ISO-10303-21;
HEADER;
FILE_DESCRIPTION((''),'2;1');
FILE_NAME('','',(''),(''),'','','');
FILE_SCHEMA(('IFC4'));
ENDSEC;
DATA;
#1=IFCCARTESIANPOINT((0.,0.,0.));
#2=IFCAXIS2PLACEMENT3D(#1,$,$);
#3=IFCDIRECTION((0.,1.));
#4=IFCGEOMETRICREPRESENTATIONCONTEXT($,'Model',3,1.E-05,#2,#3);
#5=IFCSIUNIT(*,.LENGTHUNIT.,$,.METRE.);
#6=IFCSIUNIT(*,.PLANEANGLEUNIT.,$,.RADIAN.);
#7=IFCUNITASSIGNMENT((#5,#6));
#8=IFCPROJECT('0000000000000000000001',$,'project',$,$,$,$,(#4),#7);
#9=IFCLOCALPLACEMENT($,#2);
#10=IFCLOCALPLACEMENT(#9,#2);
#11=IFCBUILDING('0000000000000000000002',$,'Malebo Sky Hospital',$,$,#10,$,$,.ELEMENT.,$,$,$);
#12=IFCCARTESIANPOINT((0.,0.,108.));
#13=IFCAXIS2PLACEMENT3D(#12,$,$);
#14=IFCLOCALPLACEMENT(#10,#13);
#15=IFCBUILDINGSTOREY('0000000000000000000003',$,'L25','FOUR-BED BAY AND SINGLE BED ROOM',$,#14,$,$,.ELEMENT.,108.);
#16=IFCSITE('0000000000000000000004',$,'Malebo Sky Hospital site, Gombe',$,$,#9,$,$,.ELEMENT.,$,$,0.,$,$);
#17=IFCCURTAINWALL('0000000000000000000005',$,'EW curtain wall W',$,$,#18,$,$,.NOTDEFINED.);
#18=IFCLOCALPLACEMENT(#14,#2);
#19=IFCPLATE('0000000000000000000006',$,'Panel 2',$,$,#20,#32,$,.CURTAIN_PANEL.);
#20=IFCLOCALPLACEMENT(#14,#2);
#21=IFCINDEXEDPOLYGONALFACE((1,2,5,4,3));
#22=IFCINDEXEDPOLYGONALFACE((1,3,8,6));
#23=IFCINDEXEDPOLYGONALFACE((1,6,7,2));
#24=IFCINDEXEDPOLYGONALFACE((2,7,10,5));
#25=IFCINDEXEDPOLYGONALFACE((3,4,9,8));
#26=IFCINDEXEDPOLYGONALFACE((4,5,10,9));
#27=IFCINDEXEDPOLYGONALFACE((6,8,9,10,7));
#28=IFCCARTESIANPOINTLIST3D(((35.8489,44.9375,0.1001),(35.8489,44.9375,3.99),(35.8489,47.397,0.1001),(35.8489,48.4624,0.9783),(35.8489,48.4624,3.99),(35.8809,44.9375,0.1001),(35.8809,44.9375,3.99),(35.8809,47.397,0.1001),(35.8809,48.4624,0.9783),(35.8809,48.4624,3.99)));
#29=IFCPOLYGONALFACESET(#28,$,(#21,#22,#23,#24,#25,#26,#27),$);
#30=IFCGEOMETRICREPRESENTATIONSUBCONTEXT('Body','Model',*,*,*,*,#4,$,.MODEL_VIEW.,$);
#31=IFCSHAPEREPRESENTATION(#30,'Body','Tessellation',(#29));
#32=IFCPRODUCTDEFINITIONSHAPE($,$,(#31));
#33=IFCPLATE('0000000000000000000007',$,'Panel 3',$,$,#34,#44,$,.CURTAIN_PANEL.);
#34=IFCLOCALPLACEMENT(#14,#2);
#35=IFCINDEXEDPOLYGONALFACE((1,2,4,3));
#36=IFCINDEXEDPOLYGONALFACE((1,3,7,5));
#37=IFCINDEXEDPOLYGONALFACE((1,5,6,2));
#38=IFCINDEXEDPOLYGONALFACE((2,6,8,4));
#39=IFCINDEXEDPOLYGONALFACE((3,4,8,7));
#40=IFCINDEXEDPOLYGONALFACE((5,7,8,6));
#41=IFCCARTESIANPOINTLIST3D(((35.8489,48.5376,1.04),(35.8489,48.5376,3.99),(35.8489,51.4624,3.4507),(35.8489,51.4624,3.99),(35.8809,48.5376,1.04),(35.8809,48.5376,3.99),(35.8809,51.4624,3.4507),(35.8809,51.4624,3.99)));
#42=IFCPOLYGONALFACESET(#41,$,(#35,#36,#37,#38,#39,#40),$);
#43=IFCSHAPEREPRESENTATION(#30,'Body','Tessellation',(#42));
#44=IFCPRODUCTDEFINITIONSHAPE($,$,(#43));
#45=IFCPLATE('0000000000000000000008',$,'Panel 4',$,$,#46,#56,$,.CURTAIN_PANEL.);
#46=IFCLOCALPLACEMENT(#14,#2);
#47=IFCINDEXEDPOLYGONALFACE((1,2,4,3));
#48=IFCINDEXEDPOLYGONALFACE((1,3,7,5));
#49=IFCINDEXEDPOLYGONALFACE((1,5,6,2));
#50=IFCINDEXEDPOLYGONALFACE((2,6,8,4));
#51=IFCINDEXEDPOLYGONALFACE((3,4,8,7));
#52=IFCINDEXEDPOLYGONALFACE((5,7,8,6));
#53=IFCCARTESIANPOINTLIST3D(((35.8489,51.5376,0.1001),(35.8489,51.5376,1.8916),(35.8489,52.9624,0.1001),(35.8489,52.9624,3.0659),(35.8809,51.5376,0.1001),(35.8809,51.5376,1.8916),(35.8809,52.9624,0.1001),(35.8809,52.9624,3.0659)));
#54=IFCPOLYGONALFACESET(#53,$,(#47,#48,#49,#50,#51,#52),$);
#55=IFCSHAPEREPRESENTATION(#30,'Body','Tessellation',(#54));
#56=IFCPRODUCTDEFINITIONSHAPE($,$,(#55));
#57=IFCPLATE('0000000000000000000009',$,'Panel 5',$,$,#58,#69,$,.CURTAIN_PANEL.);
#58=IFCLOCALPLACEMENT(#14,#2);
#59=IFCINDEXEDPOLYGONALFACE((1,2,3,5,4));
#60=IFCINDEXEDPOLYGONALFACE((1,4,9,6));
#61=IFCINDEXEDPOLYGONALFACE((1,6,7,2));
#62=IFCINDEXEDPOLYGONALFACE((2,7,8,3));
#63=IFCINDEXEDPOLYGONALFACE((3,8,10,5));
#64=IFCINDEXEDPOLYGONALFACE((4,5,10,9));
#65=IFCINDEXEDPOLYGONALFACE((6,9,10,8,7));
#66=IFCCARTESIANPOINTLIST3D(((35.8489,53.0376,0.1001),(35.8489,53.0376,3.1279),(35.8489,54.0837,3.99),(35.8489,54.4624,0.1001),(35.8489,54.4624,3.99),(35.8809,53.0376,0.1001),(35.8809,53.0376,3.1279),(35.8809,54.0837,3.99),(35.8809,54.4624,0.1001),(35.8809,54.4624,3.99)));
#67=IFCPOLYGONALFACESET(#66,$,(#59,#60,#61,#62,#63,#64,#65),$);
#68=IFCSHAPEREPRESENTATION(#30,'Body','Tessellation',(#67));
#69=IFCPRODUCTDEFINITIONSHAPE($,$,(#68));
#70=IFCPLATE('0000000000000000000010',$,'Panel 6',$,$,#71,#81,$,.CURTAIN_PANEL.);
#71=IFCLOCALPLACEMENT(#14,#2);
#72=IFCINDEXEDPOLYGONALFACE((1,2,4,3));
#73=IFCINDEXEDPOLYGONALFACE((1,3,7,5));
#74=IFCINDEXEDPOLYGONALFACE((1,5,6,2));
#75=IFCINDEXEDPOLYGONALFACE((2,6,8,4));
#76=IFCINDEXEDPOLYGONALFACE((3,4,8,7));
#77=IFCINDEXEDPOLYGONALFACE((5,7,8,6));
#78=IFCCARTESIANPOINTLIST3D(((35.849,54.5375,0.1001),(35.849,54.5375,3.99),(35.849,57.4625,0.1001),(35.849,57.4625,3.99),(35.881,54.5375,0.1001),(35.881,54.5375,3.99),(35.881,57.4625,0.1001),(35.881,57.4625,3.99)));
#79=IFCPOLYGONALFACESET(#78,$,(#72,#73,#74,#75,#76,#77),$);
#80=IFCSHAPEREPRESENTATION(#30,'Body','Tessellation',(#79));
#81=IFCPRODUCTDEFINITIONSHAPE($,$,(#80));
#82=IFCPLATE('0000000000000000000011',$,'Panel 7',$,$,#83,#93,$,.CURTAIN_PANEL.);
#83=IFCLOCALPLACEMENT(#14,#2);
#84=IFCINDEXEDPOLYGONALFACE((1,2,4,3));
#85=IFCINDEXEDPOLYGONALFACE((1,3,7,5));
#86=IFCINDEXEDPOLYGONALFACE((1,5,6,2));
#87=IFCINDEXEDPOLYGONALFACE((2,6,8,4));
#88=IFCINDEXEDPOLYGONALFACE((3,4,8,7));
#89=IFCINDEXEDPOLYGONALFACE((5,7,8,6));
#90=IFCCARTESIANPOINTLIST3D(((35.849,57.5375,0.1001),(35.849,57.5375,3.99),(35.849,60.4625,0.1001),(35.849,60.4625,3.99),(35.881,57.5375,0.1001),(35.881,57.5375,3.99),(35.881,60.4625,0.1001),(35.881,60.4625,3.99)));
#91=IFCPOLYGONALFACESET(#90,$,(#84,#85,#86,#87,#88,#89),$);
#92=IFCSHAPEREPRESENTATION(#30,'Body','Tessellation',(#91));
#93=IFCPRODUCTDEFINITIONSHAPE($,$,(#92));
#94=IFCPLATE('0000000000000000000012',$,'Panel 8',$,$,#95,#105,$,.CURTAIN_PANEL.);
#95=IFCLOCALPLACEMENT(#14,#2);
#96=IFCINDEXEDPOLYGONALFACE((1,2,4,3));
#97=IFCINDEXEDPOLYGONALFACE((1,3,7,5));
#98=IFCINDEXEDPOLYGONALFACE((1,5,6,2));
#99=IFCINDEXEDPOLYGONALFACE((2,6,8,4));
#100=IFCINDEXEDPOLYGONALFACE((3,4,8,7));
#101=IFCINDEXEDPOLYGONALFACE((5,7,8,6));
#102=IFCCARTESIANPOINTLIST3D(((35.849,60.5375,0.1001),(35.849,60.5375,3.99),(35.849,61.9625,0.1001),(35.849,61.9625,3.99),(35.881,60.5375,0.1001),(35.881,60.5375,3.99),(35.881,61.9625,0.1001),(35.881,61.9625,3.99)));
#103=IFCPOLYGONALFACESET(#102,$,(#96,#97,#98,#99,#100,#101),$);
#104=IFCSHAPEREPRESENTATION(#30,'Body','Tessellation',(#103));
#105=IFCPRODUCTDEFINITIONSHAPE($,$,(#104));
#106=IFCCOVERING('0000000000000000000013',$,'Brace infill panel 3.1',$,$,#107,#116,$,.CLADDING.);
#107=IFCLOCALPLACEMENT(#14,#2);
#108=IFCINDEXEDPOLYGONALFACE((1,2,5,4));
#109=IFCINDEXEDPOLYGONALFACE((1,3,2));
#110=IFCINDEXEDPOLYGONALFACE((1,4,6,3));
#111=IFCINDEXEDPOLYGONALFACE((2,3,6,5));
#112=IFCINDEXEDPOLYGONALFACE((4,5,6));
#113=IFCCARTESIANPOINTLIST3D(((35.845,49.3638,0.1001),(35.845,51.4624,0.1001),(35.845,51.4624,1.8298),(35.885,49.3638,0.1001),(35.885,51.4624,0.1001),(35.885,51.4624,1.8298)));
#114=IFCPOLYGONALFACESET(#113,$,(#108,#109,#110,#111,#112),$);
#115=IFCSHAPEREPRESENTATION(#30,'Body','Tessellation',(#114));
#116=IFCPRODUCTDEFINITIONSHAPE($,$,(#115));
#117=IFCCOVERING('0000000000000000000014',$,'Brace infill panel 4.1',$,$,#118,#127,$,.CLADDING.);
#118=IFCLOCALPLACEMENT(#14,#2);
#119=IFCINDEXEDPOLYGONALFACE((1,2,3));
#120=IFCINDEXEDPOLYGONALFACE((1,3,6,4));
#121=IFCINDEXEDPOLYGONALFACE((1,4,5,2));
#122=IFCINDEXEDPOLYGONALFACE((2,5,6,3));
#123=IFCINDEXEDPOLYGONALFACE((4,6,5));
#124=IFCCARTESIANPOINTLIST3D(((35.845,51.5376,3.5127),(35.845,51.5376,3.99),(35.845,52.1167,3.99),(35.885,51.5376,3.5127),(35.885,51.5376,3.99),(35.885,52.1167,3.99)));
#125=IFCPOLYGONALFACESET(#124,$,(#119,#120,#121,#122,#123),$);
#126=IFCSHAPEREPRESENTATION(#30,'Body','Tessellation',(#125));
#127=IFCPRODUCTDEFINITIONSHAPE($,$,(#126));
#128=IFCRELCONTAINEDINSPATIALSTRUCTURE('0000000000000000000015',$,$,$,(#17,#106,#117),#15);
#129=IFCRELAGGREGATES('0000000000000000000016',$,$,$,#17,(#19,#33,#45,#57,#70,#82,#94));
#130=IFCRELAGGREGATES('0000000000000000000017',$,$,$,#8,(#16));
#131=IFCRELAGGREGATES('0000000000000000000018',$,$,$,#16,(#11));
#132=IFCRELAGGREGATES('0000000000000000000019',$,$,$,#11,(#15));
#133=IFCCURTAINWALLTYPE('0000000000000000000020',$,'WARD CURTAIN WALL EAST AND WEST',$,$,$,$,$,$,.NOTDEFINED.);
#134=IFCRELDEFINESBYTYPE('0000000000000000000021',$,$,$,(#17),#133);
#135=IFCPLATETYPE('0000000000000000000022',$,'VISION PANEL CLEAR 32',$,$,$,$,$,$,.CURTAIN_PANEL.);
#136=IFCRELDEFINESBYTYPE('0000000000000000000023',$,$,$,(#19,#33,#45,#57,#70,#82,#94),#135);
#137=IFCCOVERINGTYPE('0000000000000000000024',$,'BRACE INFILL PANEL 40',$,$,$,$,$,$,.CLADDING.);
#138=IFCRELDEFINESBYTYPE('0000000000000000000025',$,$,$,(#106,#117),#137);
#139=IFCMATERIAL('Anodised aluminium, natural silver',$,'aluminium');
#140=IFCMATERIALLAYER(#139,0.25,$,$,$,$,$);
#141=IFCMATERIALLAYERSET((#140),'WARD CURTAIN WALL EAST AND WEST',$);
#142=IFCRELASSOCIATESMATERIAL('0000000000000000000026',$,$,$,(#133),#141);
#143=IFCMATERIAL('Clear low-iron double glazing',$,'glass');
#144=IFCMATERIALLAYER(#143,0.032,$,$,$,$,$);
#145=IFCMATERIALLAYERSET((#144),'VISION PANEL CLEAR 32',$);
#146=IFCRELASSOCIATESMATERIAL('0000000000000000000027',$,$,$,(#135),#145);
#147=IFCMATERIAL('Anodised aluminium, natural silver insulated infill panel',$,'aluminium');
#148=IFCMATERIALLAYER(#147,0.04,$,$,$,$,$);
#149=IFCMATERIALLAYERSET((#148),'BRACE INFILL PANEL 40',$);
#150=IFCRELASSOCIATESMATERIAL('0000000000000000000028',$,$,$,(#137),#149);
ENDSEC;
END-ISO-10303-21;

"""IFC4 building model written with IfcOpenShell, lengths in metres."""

from ifc_helpers import new_model, si_unit, direction, frame, origin, origin_2d, place, context, subcontext, project, spatial, polyline, rectangle, outline, extrude, material, layer, layer_set, type_object, element, aggregate, save


model = new_model("IFC4")

# Units and contexts
model_context = context("Model", 3, precision=1e-05, world=origin(), true_north=direction((0.0, 1.0)))
body_context = subcontext(model_context, "Body", "Model", "MODEL_VIEW")
ifc_project = project(units=[si_unit("LENGTHUNIT", "METRE"), si_unit("PLANEANGLEUNIT", "RADIAN")], contexts=[model_context])

# Site, building, storey
site_placement = place(None, origin())
site = spatial("IfcSite", under=ifc_project, at=site_placement, Name="Malebo Sky Hospital site, Gombe", CompositionType="ELEMENT", RefElevation=0.0)
building_placement = place(site_placement, origin())
building = spatial("IfcBuilding", under=site, at=building_placement, Name="Malebo Sky Hospital", CompositionType="ELEMENT")
storey_placement = place(building_placement, frame((0.0, 0.0, 108.0)))
storey = spatial("IfcBuildingStorey", under=building, at=storey_placement, Name="L25", Description="FOUR-BED BAY AND SINGLE BED ROOM", CompositionType="ELEMENT", Elevation=108.0)

# Curtain wall
ifc_material_1 = material(Name="Anodised aluminium, natural silver", Category="aluminium")
ifc_layer_1 = layer(ifc_material_1, 0.25)
ifc_layer_set_1 = layer_set([ifc_layer_1], Name="WARD CURTAIN WALL EAST AND WEST")
curtain_wall_type = type_object("IfcCurtainWallType", Name="WARD CURTAIN WALL EAST AND WEST", PredefinedType="NOTDEFINED", material=ifc_layer_set_1)
curtain_wall_placement = place(storey_placement, origin())
curtain_wall = element("IfcCurtainWall", 1, at=curtain_wall_placement, inside=storey, type_object=curtain_wall_type, Name="EW curtain wall W", PredefinedType="NOTDEFINED")

# Plates
ifc_material_2 = material(Name="Clear low-iron double glazing", Category="glass")
ifc_layer_2 = layer(ifc_material_2, 0.032)
ifc_layer_set_2 = layer_set([ifc_layer_2], Name="VISION PANEL CLEAR 32")
plate_type = type_object("IfcPlateType", Name="VISION PANEL CLEAR 32", PredefinedType="CURTAIN_PANEL", material=ifc_layer_set_2)
plate_1_placement = place(storey_placement, frame((35.865, 46.7, 0.1001), z_axis=(0.0, 0.0, 1.0), x_axis=(0.0, 1.0, 0.0)))
plate_1 = element("IfcPlate", 2, at=plate_1_placement, type_object=plate_type, Name="Panel 2", PredefinedType="CURTAIN_PANEL", context=body_context, shape_type="SweptSolid", body=[
    extrude(outline(polyline([(-1.7625, 0.0), (0.697, 0.0), (1.7625, 0.8782), (1.7625, 3.8899), (-1.7625, 3.8899), (-1.7625, 0.0)])), frame((0.0, 0.0161, 0.0), z_axis=(0.0, -1.0, 0.0), x_axis=(1.0, 0.0, 0.0)), (0.0, 0.0, 1.0), 0.032),
])
plate_2_placement = place(storey_placement, frame((35.865, 50.0, 1.04), z_axis=(0.0, 0.0, 1.0), x_axis=(0.0, 1.0, 0.0)))
plate_2 = element("IfcPlate", 3, at=plate_2_placement, type_object=plate_type, Name="Panel 3", PredefinedType="CURTAIN_PANEL", context=body_context, shape_type="SweptSolid", body=[
    extrude(outline(polyline([(-1.4624, 0.0), (1.4624, 2.4106), (1.4624, 2.95), (-1.4624, 2.95), (-1.4624, 0.0)])), frame((0.0, 0.0161, 0.0), z_axis=(0.0, -1.0, 0.0), x_axis=(1.0, 0.0, 0.0)), (0.0, 0.0, 1.0), 0.032),
])
plate_3_placement = place(storey_placement, frame((35.865, 52.25, 0.1001), z_axis=(0.0, 0.0, 1.0), x_axis=(0.0, 1.0, 0.0)))
plate_3 = element("IfcPlate", 4, at=plate_3_placement, type_object=plate_type, Name="Panel 4", PredefinedType="CURTAIN_PANEL", context=body_context, shape_type="SweptSolid", body=[
    extrude(outline(polyline([(-0.7124, 0.0), (0.7124, 0.0), (0.7124, 2.9658), (-0.7124, 1.7915), (-0.7124, 0.0)])), frame((0.0, 0.0161, 0.0), z_axis=(0.0, -1.0, 0.0), x_axis=(1.0, 0.0, 0.0)), (0.0, 0.0, 1.0), 0.032),
])
plate_4_placement = place(storey_placement, frame((35.865, 53.75, 0.1001), z_axis=(0.0, 0.0, 1.0), x_axis=(0.0, 1.0, 0.0)))
plate_4 = element("IfcPlate", 5, at=plate_4_placement, type_object=plate_type, Name="Panel 5", PredefinedType="CURTAIN_PANEL", context=body_context, shape_type="SweptSolid", body=[
    extrude(outline(polyline([(-0.7124, 0.0), (0.7124, 0.0), (0.7124, 3.8899), (0.3337, 3.8899), (-0.7124, 3.0278), (-0.7124, 0.0)])), frame((0.0, 0.0161, 0.0), z_axis=(0.0, -1.0, 0.0), x_axis=(1.0, 0.0, 0.0)), (0.0, 0.0, 1.0), 0.032),
])
plate_5_placement = place(storey_placement, frame((35.865, 56.0, 0.1001), z_axis=(0.0, 0.0, 1.0), x_axis=(0.0, 1.0, 0.0)))
plate_5 = element("IfcPlate", 6, at=plate_5_placement, type_object=plate_type, Name="Panel 6", PredefinedType="CURTAIN_PANEL", context=body_context, shape_type="SweptSolid", body=[
    extrude(rectangle(XDim=2.925, YDim=0.032, at=origin_2d()), origin(), (0.0, 0.0, 1.0), 3.8899),
])
plate_6_placement = place(storey_placement, frame((35.865, 59.0, 0.1001), z_axis=(0.0, 0.0, 1.0), x_axis=(0.0, 1.0, 0.0)))
plate_6 = element("IfcPlate", 7, at=plate_6_placement, type_object=plate_type, Name="Panel 7", PredefinedType="CURTAIN_PANEL", context=body_context, shape_type="SweptSolid", body=[
    extrude(rectangle(XDim=2.925, YDim=0.032, at=origin_2d()), origin(), (0.0, 0.0, 1.0), 3.8899),
])
plate_7_placement = place(storey_placement, frame((35.865, 61.25, 0.1001), z_axis=(0.0, 0.0, 1.0), x_axis=(0.0, 1.0, 0.0)))
plate_7 = element("IfcPlate", 8, at=plate_7_placement, type_object=plate_type, Name="Panel 8", PredefinedType="CURTAIN_PANEL", context=body_context, shape_type="SweptSolid", body=[
    extrude(rectangle(XDim=1.425, YDim=0.032, at=origin_2d()), origin(), (0.0, 0.0, 1.0), 3.8899),
])
aggregate(curtain_wall, [plate_1, plate_2, plate_3, plate_4, plate_5, plate_6, plate_7])

# Coverings
ifc_material_3 = material(Name="Anodised aluminium, natural silver insulated infill panel", Category="aluminium")
ifc_layer_3 = layer(ifc_material_3, 0.04)
ifc_layer_set_3 = layer_set([ifc_layer_3], Name="BRACE INFILL PANEL 40")
covering_type = type_object("IfcCoveringType", Name="BRACE INFILL PANEL 40", PredefinedType="CLADDING", material=ifc_layer_set_3)
covering_1_placement = place(storey_placement, frame((35.865, 50.4131, 0.1001), z_axis=(0.0, 0.0, 1.0), x_axis=(0.0, 1.0, 0.0)))
element("IfcCovering", 9, at=covering_1_placement, inside=storey, type_object=covering_type, Name="Brace infill panel 3.1", PredefinedType="CLADDING", context=body_context, shape_type="SweptSolid", body=[
    extrude(outline(polyline([(-1.0493, 0.0), (1.0493, 0.0), (1.0493, 1.7297), (-1.0493, 0.0)])), frame((0.0, 0.02, 0.0), z_axis=(0.0, -1.0, 0.0), x_axis=(1.0, 0.0, 0.0)), (0.0, 0.0, 1.0), 0.04),
])
covering_2_placement = place(storey_placement, frame((35.865, 51.8271, 3.5127), z_axis=(0.0, 0.0, 1.0), x_axis=(0.0, 1.0, 0.0)))
element("IfcCovering", 10, at=covering_2_placement, inside=storey, type_object=covering_type, Name="Brace infill panel 4.1", PredefinedType="CLADDING", context=body_context, shape_type="SweptSolid", body=[
    extrude(outline(polyline([(-0.2896, 0.0), (0.2896, 0.4773), (-0.2896, 0.4773), (-0.2896, 0.0)])), frame((0.0, 0.02, 0.0), z_axis=(0.0, -1.0, 0.0), x_axis=(1.0, 0.0, 0.0)), (0.0, 0.0, 1.0), 0.04),
])

save(model, "model.ifc")
